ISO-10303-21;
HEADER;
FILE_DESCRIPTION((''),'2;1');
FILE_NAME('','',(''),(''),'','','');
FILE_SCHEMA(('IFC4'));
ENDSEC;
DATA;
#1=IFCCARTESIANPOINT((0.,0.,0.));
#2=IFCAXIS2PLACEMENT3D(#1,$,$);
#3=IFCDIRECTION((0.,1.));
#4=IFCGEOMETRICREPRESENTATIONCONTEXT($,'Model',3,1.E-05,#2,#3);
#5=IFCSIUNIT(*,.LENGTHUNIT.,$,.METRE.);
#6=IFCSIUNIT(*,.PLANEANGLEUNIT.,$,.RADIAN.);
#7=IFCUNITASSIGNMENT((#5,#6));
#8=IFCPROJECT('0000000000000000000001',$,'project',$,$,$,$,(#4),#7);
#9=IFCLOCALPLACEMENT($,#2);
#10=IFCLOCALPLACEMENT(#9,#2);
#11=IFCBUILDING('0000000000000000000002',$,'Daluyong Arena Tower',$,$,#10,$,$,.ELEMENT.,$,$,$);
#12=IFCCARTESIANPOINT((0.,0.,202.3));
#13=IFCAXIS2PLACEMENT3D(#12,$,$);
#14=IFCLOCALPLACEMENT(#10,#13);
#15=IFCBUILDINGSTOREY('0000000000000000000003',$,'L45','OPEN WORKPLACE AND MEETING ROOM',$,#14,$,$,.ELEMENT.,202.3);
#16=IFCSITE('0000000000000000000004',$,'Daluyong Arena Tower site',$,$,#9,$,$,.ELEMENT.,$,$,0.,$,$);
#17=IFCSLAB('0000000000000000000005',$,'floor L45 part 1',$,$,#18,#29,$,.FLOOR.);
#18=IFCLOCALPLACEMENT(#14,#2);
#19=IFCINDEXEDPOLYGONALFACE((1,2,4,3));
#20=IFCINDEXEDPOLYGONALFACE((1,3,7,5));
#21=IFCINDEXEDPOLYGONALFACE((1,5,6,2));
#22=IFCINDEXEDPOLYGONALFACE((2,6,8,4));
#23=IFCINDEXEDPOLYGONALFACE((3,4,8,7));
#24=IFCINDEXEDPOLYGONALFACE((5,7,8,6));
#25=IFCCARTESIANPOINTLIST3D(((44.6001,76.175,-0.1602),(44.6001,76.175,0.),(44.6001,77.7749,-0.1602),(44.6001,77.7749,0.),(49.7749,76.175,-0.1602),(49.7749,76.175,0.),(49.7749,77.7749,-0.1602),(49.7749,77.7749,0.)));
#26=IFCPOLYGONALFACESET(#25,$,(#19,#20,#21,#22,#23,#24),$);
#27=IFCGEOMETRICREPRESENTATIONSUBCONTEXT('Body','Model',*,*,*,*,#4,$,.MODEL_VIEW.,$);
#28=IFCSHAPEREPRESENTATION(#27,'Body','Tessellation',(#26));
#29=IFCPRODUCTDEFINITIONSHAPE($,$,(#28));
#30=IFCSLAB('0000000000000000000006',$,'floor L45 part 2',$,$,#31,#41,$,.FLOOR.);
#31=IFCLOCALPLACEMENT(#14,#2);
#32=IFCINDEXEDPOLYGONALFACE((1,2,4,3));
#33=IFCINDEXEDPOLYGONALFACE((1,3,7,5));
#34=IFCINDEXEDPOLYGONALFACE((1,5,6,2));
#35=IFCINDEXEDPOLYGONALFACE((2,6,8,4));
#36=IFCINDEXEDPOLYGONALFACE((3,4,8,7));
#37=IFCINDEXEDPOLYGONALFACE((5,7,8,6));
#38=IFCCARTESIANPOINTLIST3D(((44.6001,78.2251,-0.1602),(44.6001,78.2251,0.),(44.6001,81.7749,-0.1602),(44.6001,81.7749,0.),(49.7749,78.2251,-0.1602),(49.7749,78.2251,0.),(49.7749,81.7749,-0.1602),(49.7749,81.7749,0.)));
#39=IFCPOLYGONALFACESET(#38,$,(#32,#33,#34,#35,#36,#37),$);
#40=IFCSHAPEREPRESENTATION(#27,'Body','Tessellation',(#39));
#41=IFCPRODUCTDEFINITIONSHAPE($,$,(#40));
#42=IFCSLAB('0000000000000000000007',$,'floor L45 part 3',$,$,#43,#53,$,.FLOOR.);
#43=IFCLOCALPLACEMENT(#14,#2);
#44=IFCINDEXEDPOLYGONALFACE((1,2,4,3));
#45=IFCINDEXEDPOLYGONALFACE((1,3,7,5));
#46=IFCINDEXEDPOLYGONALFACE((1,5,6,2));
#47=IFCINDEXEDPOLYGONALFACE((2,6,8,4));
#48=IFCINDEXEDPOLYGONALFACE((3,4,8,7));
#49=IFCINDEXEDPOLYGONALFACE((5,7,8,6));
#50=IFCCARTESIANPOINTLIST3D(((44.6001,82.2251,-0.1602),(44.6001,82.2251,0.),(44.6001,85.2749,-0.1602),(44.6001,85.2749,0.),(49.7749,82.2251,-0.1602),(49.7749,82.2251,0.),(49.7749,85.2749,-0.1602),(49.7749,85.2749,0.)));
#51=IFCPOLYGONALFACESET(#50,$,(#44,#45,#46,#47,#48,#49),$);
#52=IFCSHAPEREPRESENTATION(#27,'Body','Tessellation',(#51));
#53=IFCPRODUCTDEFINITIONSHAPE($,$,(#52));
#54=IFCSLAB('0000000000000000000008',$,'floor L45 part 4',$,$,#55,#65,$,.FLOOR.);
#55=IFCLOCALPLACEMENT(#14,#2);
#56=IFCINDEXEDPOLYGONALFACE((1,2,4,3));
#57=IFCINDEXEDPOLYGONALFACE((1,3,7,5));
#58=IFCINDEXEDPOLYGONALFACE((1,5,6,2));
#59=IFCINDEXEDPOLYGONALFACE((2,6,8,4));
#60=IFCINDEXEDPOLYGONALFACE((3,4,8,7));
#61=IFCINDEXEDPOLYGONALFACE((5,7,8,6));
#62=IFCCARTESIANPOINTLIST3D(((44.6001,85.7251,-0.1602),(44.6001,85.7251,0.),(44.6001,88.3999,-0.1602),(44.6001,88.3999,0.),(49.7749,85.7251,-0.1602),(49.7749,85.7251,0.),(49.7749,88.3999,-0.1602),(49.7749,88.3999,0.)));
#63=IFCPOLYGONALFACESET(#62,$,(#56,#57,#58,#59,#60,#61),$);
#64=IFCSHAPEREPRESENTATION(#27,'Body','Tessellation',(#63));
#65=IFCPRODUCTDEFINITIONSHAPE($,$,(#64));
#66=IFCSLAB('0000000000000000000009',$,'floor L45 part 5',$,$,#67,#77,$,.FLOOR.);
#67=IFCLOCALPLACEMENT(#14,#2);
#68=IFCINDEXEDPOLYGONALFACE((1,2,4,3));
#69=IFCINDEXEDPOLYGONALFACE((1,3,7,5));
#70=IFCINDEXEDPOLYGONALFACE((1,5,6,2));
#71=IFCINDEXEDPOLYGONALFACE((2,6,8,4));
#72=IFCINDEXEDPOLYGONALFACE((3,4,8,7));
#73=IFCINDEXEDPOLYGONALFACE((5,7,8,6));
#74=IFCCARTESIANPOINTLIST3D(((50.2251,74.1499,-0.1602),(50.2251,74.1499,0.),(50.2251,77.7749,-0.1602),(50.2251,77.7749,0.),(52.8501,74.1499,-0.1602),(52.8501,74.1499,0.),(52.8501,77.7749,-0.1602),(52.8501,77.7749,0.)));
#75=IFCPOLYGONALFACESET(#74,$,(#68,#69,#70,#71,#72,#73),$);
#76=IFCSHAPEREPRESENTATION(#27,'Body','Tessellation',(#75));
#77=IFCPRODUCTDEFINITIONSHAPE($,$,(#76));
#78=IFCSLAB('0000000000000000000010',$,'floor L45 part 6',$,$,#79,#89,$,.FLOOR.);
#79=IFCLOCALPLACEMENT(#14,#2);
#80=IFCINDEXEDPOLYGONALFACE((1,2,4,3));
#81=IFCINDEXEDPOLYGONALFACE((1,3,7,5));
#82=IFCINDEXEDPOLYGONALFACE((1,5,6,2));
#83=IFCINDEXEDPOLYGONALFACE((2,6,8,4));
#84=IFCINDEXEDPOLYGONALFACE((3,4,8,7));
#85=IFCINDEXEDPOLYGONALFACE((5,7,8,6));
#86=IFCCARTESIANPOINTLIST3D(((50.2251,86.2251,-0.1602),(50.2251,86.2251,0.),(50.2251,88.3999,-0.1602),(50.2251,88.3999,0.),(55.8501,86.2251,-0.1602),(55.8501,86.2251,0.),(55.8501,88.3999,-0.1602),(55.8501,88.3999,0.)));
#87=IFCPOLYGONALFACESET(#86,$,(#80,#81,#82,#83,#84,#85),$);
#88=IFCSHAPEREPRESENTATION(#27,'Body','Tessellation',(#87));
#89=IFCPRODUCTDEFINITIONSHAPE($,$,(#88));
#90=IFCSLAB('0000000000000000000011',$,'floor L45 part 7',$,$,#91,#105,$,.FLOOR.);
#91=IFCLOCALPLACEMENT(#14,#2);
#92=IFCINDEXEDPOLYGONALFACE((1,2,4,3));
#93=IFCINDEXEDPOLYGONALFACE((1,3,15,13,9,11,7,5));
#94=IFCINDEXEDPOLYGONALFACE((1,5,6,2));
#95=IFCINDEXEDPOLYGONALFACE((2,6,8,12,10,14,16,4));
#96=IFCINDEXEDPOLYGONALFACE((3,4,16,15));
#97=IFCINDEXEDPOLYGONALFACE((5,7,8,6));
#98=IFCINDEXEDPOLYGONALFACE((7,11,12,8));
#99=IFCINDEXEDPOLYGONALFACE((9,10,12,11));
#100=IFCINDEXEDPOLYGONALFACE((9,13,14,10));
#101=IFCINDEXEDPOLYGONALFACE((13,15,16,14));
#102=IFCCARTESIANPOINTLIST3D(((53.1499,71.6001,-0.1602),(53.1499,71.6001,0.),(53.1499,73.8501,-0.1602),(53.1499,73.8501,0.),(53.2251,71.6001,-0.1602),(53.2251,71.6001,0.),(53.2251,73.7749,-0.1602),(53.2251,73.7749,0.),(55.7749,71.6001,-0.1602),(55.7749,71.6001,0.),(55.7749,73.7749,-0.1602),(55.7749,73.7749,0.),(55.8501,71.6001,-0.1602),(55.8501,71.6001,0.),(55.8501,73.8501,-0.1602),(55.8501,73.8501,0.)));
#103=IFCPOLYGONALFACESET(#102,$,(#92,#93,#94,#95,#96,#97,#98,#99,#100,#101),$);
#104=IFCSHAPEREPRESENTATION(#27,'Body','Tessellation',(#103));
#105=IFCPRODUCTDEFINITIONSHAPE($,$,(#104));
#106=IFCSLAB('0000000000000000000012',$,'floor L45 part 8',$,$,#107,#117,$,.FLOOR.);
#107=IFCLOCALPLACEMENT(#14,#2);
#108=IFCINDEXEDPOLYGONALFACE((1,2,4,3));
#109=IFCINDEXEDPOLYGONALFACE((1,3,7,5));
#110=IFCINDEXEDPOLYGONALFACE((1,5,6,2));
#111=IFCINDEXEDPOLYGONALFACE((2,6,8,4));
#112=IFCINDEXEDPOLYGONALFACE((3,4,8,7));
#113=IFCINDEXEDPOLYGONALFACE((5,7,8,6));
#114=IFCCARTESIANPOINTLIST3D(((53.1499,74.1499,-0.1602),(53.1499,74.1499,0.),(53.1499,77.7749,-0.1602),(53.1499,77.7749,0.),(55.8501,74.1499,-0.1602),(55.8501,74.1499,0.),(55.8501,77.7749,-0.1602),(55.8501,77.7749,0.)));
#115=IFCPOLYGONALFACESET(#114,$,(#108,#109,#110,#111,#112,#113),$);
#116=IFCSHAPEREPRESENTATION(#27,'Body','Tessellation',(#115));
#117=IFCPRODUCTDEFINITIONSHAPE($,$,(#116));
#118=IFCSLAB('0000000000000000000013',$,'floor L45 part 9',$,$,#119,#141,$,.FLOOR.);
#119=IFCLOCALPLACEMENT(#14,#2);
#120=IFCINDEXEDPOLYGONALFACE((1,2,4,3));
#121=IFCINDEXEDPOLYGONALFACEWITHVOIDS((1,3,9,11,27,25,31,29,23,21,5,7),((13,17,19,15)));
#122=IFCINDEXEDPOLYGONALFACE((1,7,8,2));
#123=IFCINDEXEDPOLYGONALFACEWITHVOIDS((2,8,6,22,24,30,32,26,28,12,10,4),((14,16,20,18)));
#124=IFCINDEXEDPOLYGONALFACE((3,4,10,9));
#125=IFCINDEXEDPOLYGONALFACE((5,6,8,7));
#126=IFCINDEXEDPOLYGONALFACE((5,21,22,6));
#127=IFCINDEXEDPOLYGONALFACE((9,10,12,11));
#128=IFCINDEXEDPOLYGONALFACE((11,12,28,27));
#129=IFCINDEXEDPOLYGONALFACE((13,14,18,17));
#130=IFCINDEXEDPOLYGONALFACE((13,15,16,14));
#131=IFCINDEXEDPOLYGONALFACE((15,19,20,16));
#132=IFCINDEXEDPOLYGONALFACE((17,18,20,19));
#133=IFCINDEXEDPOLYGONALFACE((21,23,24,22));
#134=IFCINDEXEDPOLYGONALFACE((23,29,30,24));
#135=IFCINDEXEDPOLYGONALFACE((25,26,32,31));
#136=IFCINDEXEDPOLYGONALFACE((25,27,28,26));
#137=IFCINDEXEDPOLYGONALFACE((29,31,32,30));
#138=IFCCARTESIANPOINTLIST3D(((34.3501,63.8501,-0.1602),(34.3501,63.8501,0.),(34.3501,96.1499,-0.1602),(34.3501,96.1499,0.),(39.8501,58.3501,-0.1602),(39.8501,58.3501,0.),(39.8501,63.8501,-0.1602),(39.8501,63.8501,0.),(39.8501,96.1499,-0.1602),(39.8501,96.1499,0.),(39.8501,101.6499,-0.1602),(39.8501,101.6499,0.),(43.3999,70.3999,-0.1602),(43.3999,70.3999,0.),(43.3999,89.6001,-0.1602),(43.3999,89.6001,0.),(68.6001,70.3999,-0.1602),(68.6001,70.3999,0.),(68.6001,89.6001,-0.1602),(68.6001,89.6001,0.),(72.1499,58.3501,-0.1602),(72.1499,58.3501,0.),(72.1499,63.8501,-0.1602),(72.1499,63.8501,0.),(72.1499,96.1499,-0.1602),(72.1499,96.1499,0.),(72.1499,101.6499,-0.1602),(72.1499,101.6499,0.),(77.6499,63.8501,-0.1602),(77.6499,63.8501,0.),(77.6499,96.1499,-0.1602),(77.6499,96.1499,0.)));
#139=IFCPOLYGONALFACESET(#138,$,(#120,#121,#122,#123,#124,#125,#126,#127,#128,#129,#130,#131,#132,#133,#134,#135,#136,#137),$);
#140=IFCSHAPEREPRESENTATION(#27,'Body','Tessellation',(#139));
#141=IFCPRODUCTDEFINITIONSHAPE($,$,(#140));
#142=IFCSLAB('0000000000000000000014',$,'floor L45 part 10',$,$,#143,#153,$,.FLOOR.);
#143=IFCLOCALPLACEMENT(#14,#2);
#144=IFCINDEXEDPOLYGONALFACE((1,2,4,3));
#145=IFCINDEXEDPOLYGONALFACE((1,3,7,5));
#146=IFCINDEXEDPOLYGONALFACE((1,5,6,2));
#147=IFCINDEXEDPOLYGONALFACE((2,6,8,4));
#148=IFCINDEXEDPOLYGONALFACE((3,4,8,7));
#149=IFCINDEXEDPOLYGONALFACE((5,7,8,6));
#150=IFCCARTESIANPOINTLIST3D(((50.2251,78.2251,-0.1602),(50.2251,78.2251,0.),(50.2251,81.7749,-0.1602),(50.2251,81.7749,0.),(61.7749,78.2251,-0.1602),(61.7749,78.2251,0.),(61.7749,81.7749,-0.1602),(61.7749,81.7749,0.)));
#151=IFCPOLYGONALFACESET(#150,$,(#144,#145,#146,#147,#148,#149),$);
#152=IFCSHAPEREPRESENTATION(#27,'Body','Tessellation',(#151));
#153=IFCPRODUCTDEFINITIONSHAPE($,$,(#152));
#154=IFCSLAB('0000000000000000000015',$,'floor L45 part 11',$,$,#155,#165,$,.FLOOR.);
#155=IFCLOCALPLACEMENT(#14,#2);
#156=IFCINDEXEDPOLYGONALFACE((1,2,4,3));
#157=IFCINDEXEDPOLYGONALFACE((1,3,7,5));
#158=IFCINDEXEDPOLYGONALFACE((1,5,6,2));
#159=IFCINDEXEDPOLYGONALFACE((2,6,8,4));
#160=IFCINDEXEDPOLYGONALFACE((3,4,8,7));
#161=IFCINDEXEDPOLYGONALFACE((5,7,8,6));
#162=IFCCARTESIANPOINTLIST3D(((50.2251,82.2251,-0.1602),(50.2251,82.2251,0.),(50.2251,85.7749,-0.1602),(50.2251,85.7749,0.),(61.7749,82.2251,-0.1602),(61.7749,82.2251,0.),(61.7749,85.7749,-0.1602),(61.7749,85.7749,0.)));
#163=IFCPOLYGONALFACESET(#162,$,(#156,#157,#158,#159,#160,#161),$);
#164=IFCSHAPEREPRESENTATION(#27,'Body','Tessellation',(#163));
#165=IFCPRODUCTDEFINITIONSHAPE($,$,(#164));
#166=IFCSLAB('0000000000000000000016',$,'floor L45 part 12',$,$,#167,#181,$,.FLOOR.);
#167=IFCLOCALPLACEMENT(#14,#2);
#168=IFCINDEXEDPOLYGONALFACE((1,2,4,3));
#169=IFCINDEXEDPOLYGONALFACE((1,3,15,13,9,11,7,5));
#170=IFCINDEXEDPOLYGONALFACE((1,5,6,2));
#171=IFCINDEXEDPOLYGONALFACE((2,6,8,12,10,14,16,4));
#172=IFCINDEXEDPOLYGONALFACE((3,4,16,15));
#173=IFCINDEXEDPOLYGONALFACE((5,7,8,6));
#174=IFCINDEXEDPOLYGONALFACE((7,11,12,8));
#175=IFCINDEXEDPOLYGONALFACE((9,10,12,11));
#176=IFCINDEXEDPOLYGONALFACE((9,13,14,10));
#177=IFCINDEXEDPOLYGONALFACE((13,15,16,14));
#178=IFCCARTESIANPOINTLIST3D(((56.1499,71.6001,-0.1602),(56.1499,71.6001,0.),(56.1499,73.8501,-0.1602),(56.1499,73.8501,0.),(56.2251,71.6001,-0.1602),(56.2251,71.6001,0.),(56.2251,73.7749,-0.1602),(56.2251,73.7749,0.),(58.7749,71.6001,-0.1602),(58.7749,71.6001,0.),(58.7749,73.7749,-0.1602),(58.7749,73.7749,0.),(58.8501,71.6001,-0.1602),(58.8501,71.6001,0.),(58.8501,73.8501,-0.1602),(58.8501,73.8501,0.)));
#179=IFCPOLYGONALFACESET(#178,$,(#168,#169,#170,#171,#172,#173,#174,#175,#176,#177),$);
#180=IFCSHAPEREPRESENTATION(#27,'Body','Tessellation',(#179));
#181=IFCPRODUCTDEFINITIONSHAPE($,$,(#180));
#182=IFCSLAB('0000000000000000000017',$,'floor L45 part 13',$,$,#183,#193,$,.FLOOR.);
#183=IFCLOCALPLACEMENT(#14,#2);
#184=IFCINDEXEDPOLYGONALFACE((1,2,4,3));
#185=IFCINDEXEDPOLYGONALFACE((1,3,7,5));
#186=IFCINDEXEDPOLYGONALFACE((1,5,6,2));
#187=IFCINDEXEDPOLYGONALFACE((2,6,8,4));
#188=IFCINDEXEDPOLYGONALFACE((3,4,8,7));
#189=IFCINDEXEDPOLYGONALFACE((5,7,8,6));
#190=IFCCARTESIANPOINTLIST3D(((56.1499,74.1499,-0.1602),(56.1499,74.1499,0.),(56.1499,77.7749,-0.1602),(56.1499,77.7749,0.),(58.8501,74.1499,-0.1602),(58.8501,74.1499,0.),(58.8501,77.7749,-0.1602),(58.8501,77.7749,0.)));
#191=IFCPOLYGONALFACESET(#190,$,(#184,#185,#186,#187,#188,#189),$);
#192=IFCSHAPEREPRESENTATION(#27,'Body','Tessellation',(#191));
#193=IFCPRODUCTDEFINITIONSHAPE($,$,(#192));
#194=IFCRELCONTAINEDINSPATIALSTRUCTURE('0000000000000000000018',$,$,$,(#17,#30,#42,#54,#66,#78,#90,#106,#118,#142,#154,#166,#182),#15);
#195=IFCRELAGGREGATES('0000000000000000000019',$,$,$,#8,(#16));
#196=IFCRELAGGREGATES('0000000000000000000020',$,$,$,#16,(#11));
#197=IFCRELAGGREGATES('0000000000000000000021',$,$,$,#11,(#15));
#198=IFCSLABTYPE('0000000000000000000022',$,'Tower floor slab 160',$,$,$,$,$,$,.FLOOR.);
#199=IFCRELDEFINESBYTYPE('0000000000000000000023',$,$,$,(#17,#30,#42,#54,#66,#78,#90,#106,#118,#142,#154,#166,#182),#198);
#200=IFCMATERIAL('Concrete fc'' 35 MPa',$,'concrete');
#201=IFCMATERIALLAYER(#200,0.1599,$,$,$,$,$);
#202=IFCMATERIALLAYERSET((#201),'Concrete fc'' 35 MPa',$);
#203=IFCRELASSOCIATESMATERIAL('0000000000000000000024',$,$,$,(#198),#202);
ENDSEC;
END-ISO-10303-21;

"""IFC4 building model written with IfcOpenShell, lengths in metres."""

from ifc_helpers import new_model, si_unit, direction, frame, origin, place, context, subcontext, project, spatial, polyline, outline, extrude, material, layer, layer_set, type_object, element, save


model = new_model("IFC4")

# Units and contexts
model_context = context("Model", 3, precision=1e-05, world=origin(), true_north=direction((0.0, 1.0)))
body_context = subcontext(model_context, "Body", "Model", "MODEL_VIEW")
ifc_project = project(units=[si_unit("LENGTHUNIT", "METRE"), si_unit("PLANEANGLEUNIT", "RADIAN")], contexts=[model_context])

# Site, building, storey
site_placement = place(None, origin())
site = spatial("IfcSite", under=ifc_project, at=site_placement, Name="Daluyong Arena Tower site", CompositionType="ELEMENT", RefElevation=0.0)
building_placement = place(site_placement, origin())
building = spatial("IfcBuilding", under=site, at=building_placement, Name="Daluyong Arena Tower", CompositionType="ELEMENT")
storey_placement = place(building_placement, frame((0.0, 0.0, 202.3)))
storey = spatial("IfcBuildingStorey", under=building, at=storey_placement, Name="L45", Description="OPEN WORKPLACE AND MEETING ROOM", CompositionType="ELEMENT", Elevation=202.3)

# Slabs
ifc_material_1 = material(Name="Concrete fc' 35 MPa", Category="concrete")
ifc_layer_1 = layer(ifc_material_1, 0.1599)
ifc_layer_set_1 = layer_set([ifc_layer_1], Name="Concrete fc' 35 MPa")
slab_type = type_object("IfcSlabType", Name="Tower floor slab 160", PredefinedType="FLOOR", material=ifc_layer_set_1)
slab_1_placement = place(storey_placement, frame((0.0, 0.0, -0.1602)))
element("IfcSlab", 1, at=slab_1_placement, inside=storey, type_object=slab_type, Name="floor L45 part 1", PredefinedType="FLOOR", context=body_context, shape_type="SweptSolid", body=[
    extrude(outline(polyline([(49.7749, 77.7749), (44.6001, 77.7749), (44.6001, 76.175), (49.7749, 76.175), (49.7749, 77.7749)])), origin(), (0.0, 0.0, 1.0), 0.1602),
])
slab_2_placement = place(storey_placement, frame((0.0, 0.0, -0.1602)))
element("IfcSlab", 2, at=slab_2_placement, inside=storey, type_object=slab_type, Name="floor L45 part 2", PredefinedType="FLOOR", context=body_context, shape_type="SweptSolid", body=[
    extrude(outline(polyline([(49.7749, 78.2251), (49.7749, 81.7749), (44.6001, 81.7749), (44.6001, 78.2251), (49.7749, 78.2251)])), origin(), (0.0, 0.0, 1.0), 0.1602),
])
slab_3_placement = place(storey_placement, frame((0.0, 0.0, -0.1602)))
element("IfcSlab", 3, at=slab_3_placement, inside=storey, type_object=slab_type, Name="floor L45 part 3", PredefinedType="FLOOR", context=body_context, shape_type="SweptSolid", body=[
    extrude(outline(polyline([(44.6001, 85.2749), (44.6001, 82.2251), (49.7749, 82.2251), (49.7749, 85.2749), (44.6001, 85.2749)])), origin(), (0.0, 0.0, 1.0), 0.1602),
])
slab_4_placement = place(storey_placement, frame((0.0, 0.0, -0.1602)))
element("IfcSlab", 4, at=slab_4_placement, inside=storey, type_object=slab_type, Name="floor L45 part 4", PredefinedType="FLOOR", context=body_context, shape_type="SweptSolid", body=[
    extrude(outline(polyline([(44.6001, 88.3999), (44.6001, 85.7251), (49.7749, 85.7251), (49.7749, 88.3999), (44.6001, 88.3999)])), origin(), (0.0, 0.0, 1.0), 0.1602),
])
slab_5_placement = place(storey_placement, frame((0.0, 0.0, -0.1602)))
element("IfcSlab", 5, at=slab_5_placement, inside=storey, type_object=slab_type, Name="floor L45 part 5", PredefinedType="FLOOR", context=body_context, shape_type="SweptSolid", body=[
    extrude(outline(polyline([(52.8501, 74.1499), (52.8501, 77.7749), (50.2251, 77.7749), (50.2251, 74.1499), (52.8501, 74.1499)])), origin(), (0.0, 0.0, 1.0), 0.1602),
])
slab_6_placement = place(storey_placement, frame((0.0, 0.0, -0.1602)))
element("IfcSlab", 6, at=slab_6_placement, inside=storey, type_object=slab_type, Name="floor L45 part 6", PredefinedType="FLOOR", context=body_context, shape_type="SweptSolid", body=[
    extrude(outline(polyline([(50.2251, 88.3999), (50.2251, 86.2251), (55.8501, 86.2251), (55.8501, 88.3999), (50.2251, 88.3999)])), origin(), (0.0, 0.0, 1.0), 0.1602),
])
slab_7_placement = place(storey_placement, frame((0.0, 0.0, -0.1602)))
element("IfcSlab", 7, at=slab_7_placement, inside=storey, type_object=slab_type, Name="floor L45 part 7", PredefinedType="FLOOR", context=body_context, shape_type="SweptSolid", body=[
    extrude(outline(polyline([(53.2251, 71.6001), (53.2251, 73.7749), (55.7749, 73.7749), (55.7749, 71.6001), (55.8501, 71.6001), (55.8501, 73.8501), (53.1499, 73.8501), (53.1499, 71.6001), (53.2251, 71.6001)])), origin(), (0.0, 0.0, 1.0), 0.1602),
])
slab_8_placement = place(storey_placement, frame((0.0, 0.0, -0.1602)))
element("IfcSlab", 8, at=slab_8_placement, inside=storey, type_object=slab_type, Name="floor L45 part 8", PredefinedType="FLOOR", context=body_context, shape_type="SweptSolid", body=[
    extrude(outline(polyline([(53.1499, 74.1499), (55.8501, 74.1499), (55.8501, 77.7749), (53.1499, 77.7749), (53.1499, 74.1499)])), origin(), (0.0, 0.0, 1.0), 0.1602),
])
slab_9_placement = place(storey_placement, frame((0.0, 0.0, -0.1602)))
element("IfcSlab", 9, at=slab_9_placement, inside=storey, type_object=slab_type, Name="floor L45 part 9", PredefinedType="FLOOR", context=body_context, shape_type="SweptSolid", body=[
    extrude(outline(polyline([(39.8501, 63.8501), (39.8501, 58.3501), (72.1499, 58.3501), (72.1499, 63.8501), (77.6499, 63.8501), (77.6499, 96.1499), (72.1499, 96.1499), (72.1499, 101.6499), (39.8501, 101.6499), (39.8501, 96.1499), (34.3501, 96.1499), (34.3501, 63.8501), (39.8501, 63.8501)]), holes=[polyline([(68.6001, 89.6001), (68.6001, 70.3999), (43.3999, 70.3999), (43.3999, 89.6001), (68.6001, 89.6001)])]), origin(), (0.0, 0.0, 1.0), 0.1602),
])
slab_10_placement = place(storey_placement, frame((0.0, 0.0, -0.1602)))
element("IfcSlab", 10, at=slab_10_placement, inside=storey, type_object=slab_type, Name="floor L45 part 10", PredefinedType="FLOOR", context=body_context, shape_type="SweptSolid", body=[
    extrude(outline(polyline([(50.2251, 81.7749), (50.2251, 78.2251), (61.7749, 78.2251), (61.7749, 81.7749), (50.2251, 81.7749)])), origin(), (0.0, 0.0, 1.0), 0.1602),
])
slab_11_placement = place(storey_placement, frame((0.0, 0.0, -0.1602)))
element("IfcSlab", 11, at=slab_11_placement, inside=storey, type_object=slab_type, Name="floor L45 part 11", PredefinedType="FLOOR", context=body_context, shape_type="SweptSolid", body=[
    extrude(outline(polyline([(50.2251, 85.7749), (50.2251, 82.2251), (61.7749, 82.2251), (61.7749, 85.7749), (50.2251, 85.7749)])), origin(), (0.0, 0.0, 1.0), 0.1602),
])
slab_12_placement = place(storey_placement, frame((0.0, 0.0, -0.1602)))
element("IfcSlab", 12, at=slab_12_placement, inside=storey, type_object=slab_type, Name="floor L45 part 12", PredefinedType="FLOOR", context=body_context, shape_type="SweptSolid", body=[
    extrude(outline(polyline([(56.2251, 71.6001), (56.2251, 73.7749), (58.7749, 73.7749), (58.7749, 71.6001), (58.8501, 71.6001), (58.8501, 73.8501), (56.1499, 73.8501), (56.1499, 71.6001), (56.2251, 71.6001)])), origin(), (0.0, 0.0, 1.0), 0.1602),
])
slab_13_placement = place(storey_placement, frame((0.0, 0.0, -0.1602)))
element("IfcSlab", 13, at=slab_13_placement, inside=storey, type_object=slab_type, Name="floor L45 part 13", PredefinedType="FLOOR", context=body_context, shape_type="SweptSolid", body=[
    extrude(outline(polyline([(58.8501, 77.7749), (56.1499, 77.7749), (56.1499, 74.1499), (58.8501, 74.1499), (58.8501, 77.7749)])), origin(), (0.0, 0.0, 1.0), 0.1602),
])

save(model, "model.ifc")
